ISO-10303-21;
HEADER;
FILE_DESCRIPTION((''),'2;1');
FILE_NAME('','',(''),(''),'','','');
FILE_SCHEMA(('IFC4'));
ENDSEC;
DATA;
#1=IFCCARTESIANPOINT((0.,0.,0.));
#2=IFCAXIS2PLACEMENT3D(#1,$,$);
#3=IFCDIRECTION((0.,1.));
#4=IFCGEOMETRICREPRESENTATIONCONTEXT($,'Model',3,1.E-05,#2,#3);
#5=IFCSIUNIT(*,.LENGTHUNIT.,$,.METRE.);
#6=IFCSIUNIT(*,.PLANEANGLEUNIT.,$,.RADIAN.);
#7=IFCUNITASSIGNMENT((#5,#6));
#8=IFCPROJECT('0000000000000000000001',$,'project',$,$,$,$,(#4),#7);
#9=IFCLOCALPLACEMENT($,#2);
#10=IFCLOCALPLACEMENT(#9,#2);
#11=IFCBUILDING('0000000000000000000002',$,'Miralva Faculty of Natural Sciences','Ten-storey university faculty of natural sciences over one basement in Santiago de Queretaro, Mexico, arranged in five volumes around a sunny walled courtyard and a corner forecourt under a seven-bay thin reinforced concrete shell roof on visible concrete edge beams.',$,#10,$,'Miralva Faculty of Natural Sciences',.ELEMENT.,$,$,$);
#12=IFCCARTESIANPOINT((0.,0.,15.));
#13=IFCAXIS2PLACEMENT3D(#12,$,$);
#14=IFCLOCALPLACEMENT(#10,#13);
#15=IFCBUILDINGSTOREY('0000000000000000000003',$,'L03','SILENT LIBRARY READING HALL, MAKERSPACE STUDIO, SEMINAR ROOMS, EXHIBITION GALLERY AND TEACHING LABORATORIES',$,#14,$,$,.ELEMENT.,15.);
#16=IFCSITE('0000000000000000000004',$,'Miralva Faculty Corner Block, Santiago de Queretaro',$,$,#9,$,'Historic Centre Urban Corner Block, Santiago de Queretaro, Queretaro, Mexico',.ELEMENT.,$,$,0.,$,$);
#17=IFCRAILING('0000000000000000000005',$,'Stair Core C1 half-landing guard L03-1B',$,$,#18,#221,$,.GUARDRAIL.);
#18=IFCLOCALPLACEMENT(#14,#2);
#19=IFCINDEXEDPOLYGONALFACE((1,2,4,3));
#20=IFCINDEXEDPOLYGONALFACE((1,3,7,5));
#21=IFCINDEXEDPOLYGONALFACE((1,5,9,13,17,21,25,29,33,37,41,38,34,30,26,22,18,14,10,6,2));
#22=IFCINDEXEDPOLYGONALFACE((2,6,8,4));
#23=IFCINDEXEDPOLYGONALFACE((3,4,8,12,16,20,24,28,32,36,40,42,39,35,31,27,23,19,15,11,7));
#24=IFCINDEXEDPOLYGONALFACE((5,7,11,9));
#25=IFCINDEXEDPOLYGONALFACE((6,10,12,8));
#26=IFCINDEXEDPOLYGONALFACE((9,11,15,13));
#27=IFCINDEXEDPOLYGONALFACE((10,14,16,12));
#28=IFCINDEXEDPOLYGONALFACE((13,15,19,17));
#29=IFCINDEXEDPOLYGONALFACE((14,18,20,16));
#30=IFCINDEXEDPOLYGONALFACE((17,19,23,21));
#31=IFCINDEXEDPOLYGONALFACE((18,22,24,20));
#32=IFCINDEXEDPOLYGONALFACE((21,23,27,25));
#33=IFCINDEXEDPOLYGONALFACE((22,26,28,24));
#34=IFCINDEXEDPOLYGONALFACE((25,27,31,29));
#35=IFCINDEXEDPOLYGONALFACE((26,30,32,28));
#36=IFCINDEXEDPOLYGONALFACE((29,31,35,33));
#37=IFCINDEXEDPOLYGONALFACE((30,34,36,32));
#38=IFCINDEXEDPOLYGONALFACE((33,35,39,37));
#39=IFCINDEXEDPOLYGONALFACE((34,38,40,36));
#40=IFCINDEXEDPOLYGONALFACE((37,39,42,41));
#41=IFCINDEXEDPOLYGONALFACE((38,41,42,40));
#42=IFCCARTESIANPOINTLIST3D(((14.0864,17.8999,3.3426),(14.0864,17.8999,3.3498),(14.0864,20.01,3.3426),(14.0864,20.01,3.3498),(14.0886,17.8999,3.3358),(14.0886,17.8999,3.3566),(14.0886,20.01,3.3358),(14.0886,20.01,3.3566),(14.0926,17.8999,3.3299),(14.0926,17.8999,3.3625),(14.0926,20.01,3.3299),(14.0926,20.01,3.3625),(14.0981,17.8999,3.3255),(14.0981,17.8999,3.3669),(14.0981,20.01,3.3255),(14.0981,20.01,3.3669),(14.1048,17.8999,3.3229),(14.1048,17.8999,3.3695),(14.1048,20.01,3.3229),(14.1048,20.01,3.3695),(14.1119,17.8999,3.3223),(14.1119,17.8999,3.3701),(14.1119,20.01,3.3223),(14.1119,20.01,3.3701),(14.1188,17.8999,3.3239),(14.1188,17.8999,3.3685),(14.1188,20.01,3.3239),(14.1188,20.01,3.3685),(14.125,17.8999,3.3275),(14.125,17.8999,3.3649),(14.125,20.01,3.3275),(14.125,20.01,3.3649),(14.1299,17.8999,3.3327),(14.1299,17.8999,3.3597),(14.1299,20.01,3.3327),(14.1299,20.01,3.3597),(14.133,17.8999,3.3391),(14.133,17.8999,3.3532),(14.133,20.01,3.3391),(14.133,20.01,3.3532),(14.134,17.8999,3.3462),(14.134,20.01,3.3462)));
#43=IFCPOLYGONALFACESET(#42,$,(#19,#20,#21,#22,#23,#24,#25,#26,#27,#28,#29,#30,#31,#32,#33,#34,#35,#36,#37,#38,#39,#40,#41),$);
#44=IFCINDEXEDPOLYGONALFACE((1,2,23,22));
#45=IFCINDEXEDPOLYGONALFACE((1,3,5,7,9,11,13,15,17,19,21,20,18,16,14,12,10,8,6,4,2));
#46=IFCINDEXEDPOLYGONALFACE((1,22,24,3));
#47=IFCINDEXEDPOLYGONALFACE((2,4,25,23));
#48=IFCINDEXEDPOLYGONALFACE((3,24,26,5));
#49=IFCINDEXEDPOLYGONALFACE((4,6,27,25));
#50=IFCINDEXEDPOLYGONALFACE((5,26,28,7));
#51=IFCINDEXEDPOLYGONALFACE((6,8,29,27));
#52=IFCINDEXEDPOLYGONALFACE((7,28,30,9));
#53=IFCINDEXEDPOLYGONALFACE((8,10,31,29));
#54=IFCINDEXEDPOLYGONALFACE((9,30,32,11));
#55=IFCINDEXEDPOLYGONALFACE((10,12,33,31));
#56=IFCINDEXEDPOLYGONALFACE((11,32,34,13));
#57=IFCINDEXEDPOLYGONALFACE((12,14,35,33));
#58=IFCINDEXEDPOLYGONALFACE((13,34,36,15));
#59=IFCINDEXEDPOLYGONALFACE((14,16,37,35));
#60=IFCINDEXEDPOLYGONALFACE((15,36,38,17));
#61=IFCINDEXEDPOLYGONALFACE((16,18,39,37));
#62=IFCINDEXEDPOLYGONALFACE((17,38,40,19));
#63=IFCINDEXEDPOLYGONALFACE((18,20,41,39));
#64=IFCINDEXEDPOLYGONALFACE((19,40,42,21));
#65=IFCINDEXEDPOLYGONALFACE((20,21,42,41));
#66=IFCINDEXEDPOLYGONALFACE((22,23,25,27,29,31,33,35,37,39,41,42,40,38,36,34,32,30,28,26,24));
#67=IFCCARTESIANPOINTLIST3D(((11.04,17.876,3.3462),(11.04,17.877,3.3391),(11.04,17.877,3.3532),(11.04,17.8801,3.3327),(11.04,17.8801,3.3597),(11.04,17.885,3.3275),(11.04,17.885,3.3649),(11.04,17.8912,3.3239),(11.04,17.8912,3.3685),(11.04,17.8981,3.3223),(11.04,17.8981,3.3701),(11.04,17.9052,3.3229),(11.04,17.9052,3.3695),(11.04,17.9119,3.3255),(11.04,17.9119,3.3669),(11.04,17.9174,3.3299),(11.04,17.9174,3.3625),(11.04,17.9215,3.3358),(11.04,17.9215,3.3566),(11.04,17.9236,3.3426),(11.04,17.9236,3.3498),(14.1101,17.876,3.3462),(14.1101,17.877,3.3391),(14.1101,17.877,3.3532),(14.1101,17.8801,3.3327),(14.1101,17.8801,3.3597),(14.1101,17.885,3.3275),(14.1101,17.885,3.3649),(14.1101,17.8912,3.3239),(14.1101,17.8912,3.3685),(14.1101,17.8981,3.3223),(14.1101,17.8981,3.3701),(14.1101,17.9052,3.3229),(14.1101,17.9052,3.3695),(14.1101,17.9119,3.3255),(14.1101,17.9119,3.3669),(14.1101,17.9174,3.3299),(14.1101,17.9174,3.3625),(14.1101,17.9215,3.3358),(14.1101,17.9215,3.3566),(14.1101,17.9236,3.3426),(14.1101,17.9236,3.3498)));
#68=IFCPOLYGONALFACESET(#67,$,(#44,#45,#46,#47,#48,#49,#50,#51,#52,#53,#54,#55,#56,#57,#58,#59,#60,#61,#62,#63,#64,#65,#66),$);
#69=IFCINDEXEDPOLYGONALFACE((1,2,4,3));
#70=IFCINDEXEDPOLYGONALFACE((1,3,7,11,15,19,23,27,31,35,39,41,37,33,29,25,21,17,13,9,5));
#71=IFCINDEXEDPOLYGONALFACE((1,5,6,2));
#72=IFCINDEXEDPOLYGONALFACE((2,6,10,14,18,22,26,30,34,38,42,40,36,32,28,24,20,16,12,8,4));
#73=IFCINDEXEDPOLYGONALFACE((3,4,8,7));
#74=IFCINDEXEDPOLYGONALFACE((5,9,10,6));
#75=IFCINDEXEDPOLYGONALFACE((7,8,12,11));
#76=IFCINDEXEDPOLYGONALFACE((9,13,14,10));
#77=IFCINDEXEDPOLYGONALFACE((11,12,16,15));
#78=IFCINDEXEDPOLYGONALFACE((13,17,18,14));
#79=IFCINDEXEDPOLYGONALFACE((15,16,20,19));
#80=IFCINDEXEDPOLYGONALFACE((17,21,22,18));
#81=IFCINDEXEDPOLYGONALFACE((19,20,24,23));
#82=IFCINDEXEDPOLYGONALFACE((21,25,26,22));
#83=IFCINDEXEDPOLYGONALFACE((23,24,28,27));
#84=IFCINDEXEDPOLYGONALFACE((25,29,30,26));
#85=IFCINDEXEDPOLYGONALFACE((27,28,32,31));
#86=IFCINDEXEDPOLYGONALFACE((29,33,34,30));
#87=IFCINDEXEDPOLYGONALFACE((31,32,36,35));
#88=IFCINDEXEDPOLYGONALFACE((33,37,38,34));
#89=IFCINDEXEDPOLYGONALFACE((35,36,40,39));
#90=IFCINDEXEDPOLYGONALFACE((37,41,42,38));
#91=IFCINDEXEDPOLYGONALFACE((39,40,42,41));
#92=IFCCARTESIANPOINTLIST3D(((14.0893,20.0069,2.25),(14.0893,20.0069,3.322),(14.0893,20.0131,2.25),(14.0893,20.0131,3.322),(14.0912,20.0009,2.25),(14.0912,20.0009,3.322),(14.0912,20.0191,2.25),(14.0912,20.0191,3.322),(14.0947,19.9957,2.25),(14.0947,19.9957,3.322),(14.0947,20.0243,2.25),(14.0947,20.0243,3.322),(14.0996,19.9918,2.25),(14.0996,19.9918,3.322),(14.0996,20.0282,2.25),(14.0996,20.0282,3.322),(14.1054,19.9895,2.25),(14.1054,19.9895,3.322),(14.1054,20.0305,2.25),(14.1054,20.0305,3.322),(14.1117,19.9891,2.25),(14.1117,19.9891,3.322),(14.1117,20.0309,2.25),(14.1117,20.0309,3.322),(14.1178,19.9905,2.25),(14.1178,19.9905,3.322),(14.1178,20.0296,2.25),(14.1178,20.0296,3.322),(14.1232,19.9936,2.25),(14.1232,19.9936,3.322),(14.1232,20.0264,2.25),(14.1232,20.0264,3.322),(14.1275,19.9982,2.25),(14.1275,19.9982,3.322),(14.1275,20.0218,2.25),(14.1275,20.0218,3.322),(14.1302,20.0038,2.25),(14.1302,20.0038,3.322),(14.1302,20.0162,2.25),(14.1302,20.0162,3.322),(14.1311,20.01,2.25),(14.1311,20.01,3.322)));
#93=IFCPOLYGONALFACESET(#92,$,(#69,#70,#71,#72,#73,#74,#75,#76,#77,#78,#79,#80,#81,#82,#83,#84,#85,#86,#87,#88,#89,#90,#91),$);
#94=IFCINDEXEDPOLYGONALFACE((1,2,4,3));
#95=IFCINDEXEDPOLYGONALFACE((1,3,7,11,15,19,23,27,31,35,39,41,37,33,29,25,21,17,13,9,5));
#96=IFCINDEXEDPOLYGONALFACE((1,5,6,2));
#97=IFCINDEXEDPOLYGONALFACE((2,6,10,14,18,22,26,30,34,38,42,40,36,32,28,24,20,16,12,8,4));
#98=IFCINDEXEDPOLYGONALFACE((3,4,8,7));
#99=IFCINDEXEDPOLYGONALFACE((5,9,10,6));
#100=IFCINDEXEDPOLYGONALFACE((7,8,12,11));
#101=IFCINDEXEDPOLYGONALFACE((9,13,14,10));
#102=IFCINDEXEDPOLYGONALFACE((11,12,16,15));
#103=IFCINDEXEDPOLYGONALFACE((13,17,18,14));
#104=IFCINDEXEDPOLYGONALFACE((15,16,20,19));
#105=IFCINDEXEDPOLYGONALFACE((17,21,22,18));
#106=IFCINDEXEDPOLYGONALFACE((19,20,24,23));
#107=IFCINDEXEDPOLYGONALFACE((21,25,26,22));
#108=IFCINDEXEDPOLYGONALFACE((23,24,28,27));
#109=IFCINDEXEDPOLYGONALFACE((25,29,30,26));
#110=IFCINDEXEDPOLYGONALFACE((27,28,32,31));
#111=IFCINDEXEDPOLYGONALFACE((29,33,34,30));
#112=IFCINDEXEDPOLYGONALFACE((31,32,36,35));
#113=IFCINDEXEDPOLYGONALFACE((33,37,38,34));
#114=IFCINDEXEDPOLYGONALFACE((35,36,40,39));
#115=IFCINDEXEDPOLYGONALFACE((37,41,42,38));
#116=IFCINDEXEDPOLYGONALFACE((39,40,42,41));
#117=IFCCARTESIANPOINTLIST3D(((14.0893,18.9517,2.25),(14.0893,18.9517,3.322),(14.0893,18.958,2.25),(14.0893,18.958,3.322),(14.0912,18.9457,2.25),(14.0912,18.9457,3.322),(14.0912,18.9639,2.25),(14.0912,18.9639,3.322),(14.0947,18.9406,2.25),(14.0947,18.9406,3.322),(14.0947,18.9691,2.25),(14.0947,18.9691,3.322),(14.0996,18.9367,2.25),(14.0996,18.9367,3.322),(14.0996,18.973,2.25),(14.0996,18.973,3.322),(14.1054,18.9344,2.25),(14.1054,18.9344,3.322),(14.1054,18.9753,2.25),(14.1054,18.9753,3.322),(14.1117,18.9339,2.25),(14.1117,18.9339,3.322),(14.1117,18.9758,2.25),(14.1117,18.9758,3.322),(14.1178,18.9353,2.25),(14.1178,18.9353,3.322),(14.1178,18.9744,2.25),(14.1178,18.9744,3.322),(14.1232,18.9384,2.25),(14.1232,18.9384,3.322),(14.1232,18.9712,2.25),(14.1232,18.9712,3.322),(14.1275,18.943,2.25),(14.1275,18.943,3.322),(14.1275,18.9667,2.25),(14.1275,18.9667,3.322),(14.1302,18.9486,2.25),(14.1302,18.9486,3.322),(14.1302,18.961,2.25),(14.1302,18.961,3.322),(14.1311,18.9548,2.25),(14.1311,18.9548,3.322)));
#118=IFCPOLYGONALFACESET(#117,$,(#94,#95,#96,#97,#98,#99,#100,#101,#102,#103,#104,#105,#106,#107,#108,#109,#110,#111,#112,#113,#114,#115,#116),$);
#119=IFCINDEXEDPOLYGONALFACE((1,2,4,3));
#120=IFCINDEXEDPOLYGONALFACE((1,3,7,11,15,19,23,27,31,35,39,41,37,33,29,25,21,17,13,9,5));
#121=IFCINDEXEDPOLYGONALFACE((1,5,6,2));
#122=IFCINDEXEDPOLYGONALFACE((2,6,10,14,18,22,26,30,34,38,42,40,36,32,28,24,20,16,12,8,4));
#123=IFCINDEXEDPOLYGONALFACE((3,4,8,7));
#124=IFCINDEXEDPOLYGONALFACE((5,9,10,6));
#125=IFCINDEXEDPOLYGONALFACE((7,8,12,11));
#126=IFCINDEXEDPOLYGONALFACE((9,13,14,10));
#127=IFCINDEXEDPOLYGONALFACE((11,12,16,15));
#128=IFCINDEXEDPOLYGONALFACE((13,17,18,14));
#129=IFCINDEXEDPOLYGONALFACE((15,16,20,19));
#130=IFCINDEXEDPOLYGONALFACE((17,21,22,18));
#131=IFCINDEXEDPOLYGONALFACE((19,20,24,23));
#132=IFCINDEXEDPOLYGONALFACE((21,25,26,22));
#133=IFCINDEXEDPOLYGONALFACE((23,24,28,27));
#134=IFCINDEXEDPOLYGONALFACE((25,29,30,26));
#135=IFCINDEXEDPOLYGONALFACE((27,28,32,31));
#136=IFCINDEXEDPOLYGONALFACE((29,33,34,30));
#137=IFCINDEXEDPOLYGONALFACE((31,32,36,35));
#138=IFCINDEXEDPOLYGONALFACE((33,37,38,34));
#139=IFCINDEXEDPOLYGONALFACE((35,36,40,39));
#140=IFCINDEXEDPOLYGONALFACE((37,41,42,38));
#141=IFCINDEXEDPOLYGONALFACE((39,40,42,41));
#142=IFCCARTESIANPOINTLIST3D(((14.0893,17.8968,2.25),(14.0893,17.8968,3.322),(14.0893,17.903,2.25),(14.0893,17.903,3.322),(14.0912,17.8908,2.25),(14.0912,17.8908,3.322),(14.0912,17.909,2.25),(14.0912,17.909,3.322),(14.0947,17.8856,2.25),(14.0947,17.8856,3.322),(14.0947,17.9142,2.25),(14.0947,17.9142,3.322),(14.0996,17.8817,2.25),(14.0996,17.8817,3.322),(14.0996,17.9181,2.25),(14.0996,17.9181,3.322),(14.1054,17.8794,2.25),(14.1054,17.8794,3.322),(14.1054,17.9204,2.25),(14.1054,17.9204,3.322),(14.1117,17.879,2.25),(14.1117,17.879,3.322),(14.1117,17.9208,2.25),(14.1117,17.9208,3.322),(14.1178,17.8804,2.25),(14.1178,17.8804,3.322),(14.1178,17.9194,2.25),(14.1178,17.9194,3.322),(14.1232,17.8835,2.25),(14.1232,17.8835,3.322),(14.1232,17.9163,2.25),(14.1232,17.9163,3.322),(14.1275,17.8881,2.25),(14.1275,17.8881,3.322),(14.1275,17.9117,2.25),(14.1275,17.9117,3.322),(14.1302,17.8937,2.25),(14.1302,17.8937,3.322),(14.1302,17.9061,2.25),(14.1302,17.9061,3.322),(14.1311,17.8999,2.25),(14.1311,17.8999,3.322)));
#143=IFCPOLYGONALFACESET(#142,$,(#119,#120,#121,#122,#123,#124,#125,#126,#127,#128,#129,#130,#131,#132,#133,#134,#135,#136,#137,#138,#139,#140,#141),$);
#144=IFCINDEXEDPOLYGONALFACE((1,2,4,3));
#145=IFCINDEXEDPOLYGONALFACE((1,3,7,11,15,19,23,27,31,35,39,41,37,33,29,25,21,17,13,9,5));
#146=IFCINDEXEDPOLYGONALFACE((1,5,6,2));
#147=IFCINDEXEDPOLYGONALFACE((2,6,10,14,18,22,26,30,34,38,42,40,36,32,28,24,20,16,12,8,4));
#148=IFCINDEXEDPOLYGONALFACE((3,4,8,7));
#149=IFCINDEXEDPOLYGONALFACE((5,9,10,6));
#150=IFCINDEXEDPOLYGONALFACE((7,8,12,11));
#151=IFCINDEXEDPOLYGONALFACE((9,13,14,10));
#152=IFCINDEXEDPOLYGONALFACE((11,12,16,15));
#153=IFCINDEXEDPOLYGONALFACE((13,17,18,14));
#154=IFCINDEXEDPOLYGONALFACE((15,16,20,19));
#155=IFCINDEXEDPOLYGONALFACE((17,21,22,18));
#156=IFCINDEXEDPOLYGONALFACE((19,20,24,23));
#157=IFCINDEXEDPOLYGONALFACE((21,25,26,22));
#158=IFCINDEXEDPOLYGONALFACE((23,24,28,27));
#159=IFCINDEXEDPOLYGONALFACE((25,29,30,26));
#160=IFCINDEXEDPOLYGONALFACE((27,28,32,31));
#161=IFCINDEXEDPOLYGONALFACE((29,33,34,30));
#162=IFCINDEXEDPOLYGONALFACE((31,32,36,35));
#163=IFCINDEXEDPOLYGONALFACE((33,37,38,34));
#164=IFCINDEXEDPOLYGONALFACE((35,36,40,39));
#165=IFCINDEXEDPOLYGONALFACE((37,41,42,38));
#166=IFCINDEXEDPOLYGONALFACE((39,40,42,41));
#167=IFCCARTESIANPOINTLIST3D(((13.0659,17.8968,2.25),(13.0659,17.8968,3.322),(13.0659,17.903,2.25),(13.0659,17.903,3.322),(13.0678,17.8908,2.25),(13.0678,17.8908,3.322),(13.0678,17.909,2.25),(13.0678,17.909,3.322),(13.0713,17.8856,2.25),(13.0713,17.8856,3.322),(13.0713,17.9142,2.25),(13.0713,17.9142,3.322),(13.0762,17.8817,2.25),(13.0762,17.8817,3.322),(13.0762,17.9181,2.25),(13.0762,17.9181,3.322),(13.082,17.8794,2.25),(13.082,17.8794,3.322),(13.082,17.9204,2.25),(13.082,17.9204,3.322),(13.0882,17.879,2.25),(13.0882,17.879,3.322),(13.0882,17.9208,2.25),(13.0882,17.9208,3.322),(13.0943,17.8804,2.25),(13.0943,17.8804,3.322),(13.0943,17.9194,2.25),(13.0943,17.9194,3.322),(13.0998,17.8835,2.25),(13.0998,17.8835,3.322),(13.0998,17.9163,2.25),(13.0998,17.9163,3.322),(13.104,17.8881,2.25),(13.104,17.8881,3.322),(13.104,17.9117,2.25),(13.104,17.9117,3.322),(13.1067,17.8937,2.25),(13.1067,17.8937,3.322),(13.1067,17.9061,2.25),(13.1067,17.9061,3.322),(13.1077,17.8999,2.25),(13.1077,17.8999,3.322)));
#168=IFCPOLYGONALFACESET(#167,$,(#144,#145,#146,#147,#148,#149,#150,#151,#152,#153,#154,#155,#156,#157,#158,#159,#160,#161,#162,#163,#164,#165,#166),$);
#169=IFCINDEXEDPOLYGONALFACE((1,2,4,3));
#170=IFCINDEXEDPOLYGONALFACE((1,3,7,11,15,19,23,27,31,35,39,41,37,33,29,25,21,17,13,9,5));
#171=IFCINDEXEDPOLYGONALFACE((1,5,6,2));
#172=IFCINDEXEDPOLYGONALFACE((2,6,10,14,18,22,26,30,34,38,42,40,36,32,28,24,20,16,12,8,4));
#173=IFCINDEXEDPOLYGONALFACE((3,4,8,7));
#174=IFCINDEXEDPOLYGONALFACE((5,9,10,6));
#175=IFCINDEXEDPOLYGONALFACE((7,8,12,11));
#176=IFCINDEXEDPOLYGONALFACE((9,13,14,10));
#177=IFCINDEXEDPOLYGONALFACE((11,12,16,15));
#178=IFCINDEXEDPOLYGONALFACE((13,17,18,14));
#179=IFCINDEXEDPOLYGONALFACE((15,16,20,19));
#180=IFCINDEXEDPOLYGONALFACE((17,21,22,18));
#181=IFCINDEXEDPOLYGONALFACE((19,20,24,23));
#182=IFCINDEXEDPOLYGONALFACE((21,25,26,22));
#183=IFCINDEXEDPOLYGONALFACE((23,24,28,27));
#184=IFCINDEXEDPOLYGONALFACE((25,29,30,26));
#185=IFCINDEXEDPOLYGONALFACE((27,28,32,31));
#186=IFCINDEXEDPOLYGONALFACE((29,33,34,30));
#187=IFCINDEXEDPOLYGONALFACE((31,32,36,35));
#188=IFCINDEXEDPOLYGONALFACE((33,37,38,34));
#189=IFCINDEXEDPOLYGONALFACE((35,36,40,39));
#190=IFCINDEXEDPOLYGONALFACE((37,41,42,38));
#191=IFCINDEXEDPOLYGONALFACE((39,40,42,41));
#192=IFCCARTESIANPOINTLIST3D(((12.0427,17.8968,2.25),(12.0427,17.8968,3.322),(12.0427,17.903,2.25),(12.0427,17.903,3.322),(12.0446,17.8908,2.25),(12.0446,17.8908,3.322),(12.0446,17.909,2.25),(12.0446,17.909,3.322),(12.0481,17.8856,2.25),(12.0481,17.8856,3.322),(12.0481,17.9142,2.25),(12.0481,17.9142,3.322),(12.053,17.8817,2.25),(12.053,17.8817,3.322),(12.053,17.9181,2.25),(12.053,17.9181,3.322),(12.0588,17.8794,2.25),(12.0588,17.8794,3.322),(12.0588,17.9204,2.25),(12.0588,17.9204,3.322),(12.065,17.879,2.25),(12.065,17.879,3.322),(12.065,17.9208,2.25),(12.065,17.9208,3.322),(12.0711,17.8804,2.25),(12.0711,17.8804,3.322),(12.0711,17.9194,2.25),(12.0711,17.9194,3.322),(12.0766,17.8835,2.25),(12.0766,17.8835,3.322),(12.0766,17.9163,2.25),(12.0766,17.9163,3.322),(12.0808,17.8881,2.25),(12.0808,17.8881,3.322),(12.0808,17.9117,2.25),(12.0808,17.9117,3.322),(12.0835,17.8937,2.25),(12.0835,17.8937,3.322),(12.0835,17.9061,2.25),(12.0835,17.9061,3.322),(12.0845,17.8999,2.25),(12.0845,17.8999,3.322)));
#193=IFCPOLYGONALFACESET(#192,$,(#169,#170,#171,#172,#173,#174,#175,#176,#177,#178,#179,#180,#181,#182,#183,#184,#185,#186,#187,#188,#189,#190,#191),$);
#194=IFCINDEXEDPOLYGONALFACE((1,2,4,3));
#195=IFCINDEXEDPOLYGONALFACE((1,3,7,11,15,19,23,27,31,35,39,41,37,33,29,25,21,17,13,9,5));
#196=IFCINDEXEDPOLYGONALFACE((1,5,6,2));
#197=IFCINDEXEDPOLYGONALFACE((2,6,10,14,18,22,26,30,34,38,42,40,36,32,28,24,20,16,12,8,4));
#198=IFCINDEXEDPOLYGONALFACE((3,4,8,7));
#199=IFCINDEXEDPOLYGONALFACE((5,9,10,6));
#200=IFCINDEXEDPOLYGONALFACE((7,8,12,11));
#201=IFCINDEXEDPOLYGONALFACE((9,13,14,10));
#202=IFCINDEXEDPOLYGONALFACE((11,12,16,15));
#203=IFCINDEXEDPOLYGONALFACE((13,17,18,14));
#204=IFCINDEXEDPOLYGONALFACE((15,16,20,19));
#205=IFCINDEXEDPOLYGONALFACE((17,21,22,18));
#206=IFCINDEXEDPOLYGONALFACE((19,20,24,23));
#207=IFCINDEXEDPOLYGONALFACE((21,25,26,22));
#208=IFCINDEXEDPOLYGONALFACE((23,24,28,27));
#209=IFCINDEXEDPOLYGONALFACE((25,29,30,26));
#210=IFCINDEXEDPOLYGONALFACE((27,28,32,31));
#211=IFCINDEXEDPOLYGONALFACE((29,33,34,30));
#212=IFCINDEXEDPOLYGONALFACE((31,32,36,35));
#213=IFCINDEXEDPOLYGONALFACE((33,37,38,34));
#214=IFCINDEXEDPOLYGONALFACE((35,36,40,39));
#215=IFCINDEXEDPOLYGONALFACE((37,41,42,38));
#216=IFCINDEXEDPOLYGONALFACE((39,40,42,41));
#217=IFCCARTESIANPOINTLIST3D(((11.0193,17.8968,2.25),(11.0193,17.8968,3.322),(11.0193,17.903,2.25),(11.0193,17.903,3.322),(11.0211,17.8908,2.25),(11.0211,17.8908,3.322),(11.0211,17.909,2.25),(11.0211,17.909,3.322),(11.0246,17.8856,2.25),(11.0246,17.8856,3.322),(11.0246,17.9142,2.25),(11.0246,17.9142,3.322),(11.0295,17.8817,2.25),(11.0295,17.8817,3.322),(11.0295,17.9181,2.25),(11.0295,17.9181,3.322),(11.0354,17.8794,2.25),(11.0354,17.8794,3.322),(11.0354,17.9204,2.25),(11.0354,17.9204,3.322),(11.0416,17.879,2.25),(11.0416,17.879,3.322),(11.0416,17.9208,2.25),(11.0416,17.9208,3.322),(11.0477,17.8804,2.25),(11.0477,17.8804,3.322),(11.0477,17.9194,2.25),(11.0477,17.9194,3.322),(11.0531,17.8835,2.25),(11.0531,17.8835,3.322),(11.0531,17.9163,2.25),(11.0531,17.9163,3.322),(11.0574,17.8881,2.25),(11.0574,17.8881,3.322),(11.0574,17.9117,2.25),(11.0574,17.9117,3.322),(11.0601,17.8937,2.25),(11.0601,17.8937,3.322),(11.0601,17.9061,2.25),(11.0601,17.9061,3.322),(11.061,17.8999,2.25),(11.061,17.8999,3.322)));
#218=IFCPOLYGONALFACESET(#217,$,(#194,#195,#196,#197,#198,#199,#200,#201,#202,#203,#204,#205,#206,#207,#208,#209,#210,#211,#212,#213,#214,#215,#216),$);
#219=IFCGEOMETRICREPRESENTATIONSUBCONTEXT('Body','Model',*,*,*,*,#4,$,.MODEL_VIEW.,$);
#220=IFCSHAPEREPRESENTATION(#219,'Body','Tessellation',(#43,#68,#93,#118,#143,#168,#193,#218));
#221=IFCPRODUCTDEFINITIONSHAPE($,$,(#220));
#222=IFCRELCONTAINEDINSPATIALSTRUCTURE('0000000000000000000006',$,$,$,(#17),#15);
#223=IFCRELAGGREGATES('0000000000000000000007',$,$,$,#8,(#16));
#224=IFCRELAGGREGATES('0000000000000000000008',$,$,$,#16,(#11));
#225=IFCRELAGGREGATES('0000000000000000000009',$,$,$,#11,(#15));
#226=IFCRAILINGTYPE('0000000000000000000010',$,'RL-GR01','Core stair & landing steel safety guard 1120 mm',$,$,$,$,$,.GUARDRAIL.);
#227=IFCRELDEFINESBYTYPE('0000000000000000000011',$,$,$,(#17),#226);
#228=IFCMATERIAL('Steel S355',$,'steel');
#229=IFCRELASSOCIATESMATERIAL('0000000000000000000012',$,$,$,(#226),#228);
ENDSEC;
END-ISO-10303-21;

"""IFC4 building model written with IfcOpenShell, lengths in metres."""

from ifc_helpers import new_model, si_unit, direction, frame, origin, origin_2d, place, context, subcontext, project, spatial, circle, extrude, material, type_object, element, save


model = new_model("IFC4")

# Units and contexts
model_context = context("Model", 3, precision=1e-05, world=origin(), true_north=direction((0.0, 1.0)))
body_context = subcontext(model_context, "Body", "Model", "MODEL_VIEW")
ifc_project = project(units=[si_unit("LENGTHUNIT", "METRE"), si_unit("PLANEANGLEUNIT", "RADIAN")], contexts=[model_context])

# Site, building, storey
site_placement = place(None, origin())
site = spatial("IfcSite", under=ifc_project, at=site_placement, Name="Miralva Faculty Corner Block, Santiago de Queretaro", LongName="Historic Centre Urban Corner Block, Santiago de Queretaro, Queretaro, Mexico", CompositionType="ELEMENT", RefElevation=0.0)
building_placement = place(site_placement, origin())
building = spatial("IfcBuilding", under=site, at=building_placement, Name="Miralva Faculty of Natural Sciences", Description="Ten-storey university faculty of natural sciences over one basement in Santiago de Queretaro, Mexico, arranged in five volumes around a sunny walled courtyard and a corner forecourt under a seven-bay thin reinforced concrete shell roof on visible concrete edge beams.", LongName="Miralva Faculty of Natural Sciences", CompositionType="ELEMENT")
storey_placement = place(building_placement, frame((0.0, 0.0, 15.0)))
storey = spatial("IfcBuildingStorey", under=building, at=storey_placement, Name="L03", Description="SILENT LIBRARY READING HALL, MAKERSPACE STUDIO, SEMINAR ROOMS, EXHIBITION GALLERY AND TEACHING LABORATORIES", CompositionType="ELEMENT", Elevation=15.0)

# Railing
ifc_material_1 = material(Name="Steel S355", Category="steel")
railing_type = type_object("IfcRailingType", Name="RL-GR01", Description="Core stair & landing steel safety guard 1120 mm", PredefinedType="GUARDRAIL", material=ifc_material_1)
railing_placement = place(storey_placement, frame((14.1101, 20.01, 2.25)))
element("IfcRailing", 1, at=railing_placement, inside=storey, type_object=railing_type, Name="Stair Core C1 half-landing guard L03-1B", PredefinedType="GUARDRAIL", context=body_context, shape_type="SweptSolid", body=[
    extrude(circle(Radius=0.0239, at=origin_2d()), frame((0.0, 0.0, 1.0962), z_axis=(0.0, -1.0, 0.0), x_axis=(1.0, 0.0, 0.0)), (0.0, 0.0, 1.0), 2.1101),
    extrude(circle(Radius=0.0239, at=origin_2d()), frame((0.0, -2.1101, 1.0962), z_axis=(-1.0, 0.0, 0.0), x_axis=(0.0, -1.0, 0.0)), (0.0, 0.0, 1.0), 3.0701),
    extrude(circle(Radius=0.021, at=origin_2d()), origin(), (0.0, 0.0, 1.0), 1.072),
    extrude(circle(Radius=0.021, at=origin_2d()), frame((0.0, -1.0552, 0.0)), (0.0, 0.0, 1.0), 1.072),
    extrude(circle(Radius=0.021, at=origin_2d()), frame((0.0, -2.1101, 0.0)), (0.0, 0.0, 1.0), 1.072),
    extrude(circle(Radius=0.021, at=origin_2d()), frame((-1.0234, -2.1101, 0.0)), (0.0, 0.0, 1.0), 1.072),
    extrude(circle(Radius=0.021, at=origin_2d()), frame((-2.0466, -2.1101, 0.0)), (0.0, 0.0, 1.0), 1.072),
    extrude(circle(Radius=0.021, at=origin_2d()), frame((-3.0701, -2.1101, 0.0)), (0.0, 0.0, 1.0), 1.072),
])

save(model, "model.ifc")
